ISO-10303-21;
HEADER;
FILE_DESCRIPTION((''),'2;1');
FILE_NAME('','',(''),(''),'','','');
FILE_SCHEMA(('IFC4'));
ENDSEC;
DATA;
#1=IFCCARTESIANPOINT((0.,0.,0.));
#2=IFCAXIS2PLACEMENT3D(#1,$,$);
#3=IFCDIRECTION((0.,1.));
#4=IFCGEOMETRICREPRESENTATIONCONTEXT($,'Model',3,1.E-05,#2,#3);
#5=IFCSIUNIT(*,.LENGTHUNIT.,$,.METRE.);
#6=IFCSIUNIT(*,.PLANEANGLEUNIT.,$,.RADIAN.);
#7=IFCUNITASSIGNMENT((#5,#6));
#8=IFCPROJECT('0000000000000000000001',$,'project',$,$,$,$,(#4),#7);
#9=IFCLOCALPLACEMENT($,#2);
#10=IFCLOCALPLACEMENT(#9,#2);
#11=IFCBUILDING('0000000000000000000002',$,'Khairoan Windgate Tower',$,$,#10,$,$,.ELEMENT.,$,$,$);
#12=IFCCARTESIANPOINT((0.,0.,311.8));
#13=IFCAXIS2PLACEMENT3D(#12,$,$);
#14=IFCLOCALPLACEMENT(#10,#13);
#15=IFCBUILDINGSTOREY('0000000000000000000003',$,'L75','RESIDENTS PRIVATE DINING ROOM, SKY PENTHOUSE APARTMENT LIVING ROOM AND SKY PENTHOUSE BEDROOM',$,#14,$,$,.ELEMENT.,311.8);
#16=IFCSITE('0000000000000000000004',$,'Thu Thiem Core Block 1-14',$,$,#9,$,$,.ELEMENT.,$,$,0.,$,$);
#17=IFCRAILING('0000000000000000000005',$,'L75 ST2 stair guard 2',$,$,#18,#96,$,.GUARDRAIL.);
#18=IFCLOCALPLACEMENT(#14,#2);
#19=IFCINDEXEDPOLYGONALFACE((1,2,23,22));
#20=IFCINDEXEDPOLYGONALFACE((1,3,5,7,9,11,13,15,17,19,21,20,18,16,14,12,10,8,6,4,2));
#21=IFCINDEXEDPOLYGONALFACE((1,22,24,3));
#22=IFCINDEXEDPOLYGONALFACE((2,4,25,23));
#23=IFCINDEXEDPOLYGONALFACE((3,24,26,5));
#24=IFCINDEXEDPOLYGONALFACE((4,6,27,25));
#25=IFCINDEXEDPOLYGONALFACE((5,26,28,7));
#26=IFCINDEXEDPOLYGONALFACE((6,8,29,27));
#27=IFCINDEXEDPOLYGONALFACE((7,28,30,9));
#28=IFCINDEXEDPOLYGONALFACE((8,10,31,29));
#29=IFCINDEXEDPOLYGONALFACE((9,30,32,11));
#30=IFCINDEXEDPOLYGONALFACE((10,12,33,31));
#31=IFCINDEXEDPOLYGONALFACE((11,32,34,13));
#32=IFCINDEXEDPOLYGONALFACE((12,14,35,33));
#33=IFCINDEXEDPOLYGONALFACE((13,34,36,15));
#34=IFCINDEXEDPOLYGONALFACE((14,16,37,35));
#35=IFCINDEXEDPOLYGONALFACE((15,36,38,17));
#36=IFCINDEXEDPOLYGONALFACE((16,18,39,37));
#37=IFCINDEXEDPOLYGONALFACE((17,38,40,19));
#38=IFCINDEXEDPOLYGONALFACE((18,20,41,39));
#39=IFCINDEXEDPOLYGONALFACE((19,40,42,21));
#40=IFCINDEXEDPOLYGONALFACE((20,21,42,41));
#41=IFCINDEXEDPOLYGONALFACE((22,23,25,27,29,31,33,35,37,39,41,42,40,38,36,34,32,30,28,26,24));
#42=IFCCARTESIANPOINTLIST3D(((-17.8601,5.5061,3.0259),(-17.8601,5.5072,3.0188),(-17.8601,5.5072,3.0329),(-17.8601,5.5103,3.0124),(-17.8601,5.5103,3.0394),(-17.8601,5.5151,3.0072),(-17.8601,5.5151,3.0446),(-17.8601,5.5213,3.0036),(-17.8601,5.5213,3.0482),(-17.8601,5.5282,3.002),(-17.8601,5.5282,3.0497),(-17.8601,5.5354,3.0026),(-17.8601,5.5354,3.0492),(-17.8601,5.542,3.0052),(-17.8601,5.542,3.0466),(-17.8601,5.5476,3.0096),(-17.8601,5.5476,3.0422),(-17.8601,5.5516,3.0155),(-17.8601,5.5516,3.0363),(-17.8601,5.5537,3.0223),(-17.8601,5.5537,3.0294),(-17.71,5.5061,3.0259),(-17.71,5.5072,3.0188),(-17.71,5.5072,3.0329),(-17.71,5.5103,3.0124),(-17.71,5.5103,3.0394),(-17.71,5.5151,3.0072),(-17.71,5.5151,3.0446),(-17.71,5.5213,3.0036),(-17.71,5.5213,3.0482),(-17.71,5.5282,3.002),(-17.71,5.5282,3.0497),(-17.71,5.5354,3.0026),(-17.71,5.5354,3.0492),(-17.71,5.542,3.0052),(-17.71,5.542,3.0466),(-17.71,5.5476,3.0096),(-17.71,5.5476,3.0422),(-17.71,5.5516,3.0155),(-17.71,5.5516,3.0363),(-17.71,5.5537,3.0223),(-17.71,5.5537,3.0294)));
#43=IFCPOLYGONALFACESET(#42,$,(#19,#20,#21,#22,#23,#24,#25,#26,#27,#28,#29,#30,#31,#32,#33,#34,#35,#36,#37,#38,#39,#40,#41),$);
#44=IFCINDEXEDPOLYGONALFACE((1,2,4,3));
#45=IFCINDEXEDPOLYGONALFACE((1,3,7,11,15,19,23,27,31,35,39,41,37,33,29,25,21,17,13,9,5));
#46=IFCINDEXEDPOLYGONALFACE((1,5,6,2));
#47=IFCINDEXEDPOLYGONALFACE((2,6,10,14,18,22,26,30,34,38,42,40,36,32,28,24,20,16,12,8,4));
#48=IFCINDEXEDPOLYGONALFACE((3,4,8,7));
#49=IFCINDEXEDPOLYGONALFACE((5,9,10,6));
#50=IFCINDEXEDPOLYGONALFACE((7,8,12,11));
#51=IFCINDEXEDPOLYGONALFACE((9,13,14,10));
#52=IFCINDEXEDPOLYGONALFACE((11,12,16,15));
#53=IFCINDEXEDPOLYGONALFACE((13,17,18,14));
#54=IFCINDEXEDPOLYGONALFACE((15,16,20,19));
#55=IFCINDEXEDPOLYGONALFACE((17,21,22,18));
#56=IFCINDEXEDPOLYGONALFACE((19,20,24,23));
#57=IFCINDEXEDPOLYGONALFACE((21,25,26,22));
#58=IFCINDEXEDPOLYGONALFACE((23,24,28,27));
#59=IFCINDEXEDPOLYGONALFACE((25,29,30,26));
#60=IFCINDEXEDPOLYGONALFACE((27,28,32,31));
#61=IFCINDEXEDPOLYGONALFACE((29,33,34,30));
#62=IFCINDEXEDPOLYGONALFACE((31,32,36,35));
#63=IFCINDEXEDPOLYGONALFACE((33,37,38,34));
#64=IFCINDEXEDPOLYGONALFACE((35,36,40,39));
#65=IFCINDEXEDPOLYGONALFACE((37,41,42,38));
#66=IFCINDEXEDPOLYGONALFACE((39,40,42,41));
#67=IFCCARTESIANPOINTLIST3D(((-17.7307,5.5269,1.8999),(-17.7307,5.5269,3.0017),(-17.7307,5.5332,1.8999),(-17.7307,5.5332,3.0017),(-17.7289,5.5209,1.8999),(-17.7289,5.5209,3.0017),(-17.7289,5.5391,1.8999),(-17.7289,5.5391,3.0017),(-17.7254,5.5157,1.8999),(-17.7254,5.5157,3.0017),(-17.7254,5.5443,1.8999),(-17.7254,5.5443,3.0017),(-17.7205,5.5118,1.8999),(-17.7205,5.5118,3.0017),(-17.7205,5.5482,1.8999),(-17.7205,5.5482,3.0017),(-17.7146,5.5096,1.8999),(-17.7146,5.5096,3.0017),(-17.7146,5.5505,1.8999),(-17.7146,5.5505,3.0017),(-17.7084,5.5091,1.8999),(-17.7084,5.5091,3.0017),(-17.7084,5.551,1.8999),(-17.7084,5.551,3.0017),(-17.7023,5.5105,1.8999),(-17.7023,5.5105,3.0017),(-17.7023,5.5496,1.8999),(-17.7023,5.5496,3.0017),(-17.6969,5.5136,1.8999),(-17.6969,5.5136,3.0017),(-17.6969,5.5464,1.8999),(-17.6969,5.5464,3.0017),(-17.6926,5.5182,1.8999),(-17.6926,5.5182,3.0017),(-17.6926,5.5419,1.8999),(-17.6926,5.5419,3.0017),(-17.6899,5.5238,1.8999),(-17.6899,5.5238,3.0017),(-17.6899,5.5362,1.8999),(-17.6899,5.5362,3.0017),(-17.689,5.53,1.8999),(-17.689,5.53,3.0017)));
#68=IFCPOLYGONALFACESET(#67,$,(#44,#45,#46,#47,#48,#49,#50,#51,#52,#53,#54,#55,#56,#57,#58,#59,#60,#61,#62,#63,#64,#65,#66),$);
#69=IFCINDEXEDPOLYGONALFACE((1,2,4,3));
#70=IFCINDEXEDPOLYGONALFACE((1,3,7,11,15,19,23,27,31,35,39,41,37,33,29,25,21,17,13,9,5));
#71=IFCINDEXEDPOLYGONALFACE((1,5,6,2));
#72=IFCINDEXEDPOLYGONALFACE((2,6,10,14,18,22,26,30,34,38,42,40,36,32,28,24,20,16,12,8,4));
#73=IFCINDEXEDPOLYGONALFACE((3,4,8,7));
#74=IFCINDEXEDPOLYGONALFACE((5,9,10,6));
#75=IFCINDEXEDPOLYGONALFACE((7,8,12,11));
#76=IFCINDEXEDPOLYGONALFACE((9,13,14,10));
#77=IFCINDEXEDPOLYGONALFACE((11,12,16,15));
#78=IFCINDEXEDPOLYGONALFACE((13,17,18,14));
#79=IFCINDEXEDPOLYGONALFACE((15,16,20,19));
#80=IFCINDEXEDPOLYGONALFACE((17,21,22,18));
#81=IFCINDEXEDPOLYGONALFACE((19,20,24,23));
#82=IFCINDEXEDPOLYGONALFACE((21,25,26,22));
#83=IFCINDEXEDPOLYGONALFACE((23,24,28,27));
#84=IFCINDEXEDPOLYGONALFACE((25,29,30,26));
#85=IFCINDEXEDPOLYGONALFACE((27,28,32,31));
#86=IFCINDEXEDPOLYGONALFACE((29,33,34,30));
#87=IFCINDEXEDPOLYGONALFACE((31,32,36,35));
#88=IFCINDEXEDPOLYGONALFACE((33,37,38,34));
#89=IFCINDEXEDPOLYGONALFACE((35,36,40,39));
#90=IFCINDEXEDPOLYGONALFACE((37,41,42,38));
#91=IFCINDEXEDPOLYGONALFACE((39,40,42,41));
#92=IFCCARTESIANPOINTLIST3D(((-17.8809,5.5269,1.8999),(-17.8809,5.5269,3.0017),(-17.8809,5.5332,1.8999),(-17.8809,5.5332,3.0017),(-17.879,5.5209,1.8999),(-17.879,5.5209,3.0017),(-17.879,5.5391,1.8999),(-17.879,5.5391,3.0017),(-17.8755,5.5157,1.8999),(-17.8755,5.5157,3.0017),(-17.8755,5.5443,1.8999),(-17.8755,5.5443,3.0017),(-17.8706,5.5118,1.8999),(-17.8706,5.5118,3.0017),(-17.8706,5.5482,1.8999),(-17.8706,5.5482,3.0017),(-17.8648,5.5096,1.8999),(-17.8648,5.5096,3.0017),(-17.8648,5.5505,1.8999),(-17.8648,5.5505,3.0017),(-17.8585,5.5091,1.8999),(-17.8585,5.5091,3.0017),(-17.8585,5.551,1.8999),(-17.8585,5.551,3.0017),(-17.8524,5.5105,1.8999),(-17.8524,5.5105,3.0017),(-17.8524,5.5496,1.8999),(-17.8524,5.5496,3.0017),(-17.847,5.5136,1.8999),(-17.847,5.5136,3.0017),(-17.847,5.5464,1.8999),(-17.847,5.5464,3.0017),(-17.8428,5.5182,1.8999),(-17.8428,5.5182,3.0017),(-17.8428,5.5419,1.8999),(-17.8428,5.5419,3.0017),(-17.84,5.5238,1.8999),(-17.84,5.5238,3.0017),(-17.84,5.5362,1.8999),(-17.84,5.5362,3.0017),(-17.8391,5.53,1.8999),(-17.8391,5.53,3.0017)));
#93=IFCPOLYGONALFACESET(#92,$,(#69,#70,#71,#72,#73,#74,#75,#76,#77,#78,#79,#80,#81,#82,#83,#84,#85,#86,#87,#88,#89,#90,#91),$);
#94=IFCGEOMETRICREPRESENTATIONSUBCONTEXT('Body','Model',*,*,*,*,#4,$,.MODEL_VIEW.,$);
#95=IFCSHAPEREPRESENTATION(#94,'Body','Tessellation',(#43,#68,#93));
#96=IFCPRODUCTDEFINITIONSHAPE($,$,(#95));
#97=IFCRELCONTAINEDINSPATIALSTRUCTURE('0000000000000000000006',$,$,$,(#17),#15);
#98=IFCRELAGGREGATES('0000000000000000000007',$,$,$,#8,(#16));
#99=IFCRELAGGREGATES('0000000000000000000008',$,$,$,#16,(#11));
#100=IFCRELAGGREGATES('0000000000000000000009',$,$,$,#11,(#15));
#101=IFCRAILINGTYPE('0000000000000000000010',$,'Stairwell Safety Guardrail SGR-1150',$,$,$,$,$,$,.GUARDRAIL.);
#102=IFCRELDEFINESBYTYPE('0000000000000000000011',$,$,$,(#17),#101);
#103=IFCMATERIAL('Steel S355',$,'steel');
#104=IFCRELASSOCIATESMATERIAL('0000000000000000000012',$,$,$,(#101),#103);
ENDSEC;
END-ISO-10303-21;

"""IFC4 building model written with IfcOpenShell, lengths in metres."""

from ifc_helpers import new_model, si_unit, direction, frame, origin, origin_2d, place, context, subcontext, project, spatial, circle, extrude, material, type_object, element, save


model = new_model("IFC4")

# Units and contexts
model_context = context("Model", 3, precision=1e-05, world=origin(), true_north=direction((0.0, 1.0)))
body_context = subcontext(model_context, "Body", "Model", "MODEL_VIEW")
ifc_project = project(units=[si_unit("LENGTHUNIT", "METRE"), si_unit("PLANEANGLEUNIT", "RADIAN")], contexts=[model_context])

# Site, building, storey
site_placement = place(None, origin())
site = spatial("IfcSite", under=ifc_project, at=site_placement, Name="Thu Thiem Core Block 1-14", CompositionType="ELEMENT", RefElevation=0.0)
building_placement = place(site_placement, origin())
building = spatial("IfcBuilding", under=site, at=building_placement, Name="Khairoan Windgate Tower", CompositionType="ELEMENT")
storey_placement = place(building_placement, frame((0.0, 0.0, 311.8)))
storey = spatial("IfcBuildingStorey", under=building, at=storey_placement, Name="L75", Description="RESIDENTS PRIVATE DINING ROOM, SKY PENTHOUSE APARTMENT LIVING ROOM AND SKY PENTHOUSE BEDROOM", CompositionType="ELEMENT", Elevation=311.8)

# Railing
ifc_material_1 = material(Name="Steel S355", Category="steel")
railing_type_1 = type_object("IfcRailingType", Name="Stairwell Safety Guardrail SGR-1150", PredefinedType="GUARDRAIL", material=ifc_material_1)
railing_1_placement = place(storey_placement, frame((-17.71, 5.53, 1.8999)))
element("IfcRailing", 1, at=railing_1_placement, inside=storey, type_object=railing_type_1, Name="L75 ST2 stair guard 2", PredefinedType="GUARDRAIL", context=body_context, shape_type="SweptSolid", body=[
    extrude(circle(Radius=0.0239, at=origin_2d()), frame((0.0, 0.0, 1.126), z_axis=(-1.0, 0.0, 0.0), x_axis=(0.0, -1.0, 0.0)), (0.0, 0.0, 1.0), 0.1501),
    extrude(circle(Radius=0.021, at=origin_2d()), origin(), (0.0, 0.0, 1.0), 1.1018),
    extrude(circle(Radius=0.021, at=origin_2d()), frame((-0.1501, 0.0, 0.0)), (0.0, 0.0, 1.0), 1.1018),
])

save(model, "model.ifc")
